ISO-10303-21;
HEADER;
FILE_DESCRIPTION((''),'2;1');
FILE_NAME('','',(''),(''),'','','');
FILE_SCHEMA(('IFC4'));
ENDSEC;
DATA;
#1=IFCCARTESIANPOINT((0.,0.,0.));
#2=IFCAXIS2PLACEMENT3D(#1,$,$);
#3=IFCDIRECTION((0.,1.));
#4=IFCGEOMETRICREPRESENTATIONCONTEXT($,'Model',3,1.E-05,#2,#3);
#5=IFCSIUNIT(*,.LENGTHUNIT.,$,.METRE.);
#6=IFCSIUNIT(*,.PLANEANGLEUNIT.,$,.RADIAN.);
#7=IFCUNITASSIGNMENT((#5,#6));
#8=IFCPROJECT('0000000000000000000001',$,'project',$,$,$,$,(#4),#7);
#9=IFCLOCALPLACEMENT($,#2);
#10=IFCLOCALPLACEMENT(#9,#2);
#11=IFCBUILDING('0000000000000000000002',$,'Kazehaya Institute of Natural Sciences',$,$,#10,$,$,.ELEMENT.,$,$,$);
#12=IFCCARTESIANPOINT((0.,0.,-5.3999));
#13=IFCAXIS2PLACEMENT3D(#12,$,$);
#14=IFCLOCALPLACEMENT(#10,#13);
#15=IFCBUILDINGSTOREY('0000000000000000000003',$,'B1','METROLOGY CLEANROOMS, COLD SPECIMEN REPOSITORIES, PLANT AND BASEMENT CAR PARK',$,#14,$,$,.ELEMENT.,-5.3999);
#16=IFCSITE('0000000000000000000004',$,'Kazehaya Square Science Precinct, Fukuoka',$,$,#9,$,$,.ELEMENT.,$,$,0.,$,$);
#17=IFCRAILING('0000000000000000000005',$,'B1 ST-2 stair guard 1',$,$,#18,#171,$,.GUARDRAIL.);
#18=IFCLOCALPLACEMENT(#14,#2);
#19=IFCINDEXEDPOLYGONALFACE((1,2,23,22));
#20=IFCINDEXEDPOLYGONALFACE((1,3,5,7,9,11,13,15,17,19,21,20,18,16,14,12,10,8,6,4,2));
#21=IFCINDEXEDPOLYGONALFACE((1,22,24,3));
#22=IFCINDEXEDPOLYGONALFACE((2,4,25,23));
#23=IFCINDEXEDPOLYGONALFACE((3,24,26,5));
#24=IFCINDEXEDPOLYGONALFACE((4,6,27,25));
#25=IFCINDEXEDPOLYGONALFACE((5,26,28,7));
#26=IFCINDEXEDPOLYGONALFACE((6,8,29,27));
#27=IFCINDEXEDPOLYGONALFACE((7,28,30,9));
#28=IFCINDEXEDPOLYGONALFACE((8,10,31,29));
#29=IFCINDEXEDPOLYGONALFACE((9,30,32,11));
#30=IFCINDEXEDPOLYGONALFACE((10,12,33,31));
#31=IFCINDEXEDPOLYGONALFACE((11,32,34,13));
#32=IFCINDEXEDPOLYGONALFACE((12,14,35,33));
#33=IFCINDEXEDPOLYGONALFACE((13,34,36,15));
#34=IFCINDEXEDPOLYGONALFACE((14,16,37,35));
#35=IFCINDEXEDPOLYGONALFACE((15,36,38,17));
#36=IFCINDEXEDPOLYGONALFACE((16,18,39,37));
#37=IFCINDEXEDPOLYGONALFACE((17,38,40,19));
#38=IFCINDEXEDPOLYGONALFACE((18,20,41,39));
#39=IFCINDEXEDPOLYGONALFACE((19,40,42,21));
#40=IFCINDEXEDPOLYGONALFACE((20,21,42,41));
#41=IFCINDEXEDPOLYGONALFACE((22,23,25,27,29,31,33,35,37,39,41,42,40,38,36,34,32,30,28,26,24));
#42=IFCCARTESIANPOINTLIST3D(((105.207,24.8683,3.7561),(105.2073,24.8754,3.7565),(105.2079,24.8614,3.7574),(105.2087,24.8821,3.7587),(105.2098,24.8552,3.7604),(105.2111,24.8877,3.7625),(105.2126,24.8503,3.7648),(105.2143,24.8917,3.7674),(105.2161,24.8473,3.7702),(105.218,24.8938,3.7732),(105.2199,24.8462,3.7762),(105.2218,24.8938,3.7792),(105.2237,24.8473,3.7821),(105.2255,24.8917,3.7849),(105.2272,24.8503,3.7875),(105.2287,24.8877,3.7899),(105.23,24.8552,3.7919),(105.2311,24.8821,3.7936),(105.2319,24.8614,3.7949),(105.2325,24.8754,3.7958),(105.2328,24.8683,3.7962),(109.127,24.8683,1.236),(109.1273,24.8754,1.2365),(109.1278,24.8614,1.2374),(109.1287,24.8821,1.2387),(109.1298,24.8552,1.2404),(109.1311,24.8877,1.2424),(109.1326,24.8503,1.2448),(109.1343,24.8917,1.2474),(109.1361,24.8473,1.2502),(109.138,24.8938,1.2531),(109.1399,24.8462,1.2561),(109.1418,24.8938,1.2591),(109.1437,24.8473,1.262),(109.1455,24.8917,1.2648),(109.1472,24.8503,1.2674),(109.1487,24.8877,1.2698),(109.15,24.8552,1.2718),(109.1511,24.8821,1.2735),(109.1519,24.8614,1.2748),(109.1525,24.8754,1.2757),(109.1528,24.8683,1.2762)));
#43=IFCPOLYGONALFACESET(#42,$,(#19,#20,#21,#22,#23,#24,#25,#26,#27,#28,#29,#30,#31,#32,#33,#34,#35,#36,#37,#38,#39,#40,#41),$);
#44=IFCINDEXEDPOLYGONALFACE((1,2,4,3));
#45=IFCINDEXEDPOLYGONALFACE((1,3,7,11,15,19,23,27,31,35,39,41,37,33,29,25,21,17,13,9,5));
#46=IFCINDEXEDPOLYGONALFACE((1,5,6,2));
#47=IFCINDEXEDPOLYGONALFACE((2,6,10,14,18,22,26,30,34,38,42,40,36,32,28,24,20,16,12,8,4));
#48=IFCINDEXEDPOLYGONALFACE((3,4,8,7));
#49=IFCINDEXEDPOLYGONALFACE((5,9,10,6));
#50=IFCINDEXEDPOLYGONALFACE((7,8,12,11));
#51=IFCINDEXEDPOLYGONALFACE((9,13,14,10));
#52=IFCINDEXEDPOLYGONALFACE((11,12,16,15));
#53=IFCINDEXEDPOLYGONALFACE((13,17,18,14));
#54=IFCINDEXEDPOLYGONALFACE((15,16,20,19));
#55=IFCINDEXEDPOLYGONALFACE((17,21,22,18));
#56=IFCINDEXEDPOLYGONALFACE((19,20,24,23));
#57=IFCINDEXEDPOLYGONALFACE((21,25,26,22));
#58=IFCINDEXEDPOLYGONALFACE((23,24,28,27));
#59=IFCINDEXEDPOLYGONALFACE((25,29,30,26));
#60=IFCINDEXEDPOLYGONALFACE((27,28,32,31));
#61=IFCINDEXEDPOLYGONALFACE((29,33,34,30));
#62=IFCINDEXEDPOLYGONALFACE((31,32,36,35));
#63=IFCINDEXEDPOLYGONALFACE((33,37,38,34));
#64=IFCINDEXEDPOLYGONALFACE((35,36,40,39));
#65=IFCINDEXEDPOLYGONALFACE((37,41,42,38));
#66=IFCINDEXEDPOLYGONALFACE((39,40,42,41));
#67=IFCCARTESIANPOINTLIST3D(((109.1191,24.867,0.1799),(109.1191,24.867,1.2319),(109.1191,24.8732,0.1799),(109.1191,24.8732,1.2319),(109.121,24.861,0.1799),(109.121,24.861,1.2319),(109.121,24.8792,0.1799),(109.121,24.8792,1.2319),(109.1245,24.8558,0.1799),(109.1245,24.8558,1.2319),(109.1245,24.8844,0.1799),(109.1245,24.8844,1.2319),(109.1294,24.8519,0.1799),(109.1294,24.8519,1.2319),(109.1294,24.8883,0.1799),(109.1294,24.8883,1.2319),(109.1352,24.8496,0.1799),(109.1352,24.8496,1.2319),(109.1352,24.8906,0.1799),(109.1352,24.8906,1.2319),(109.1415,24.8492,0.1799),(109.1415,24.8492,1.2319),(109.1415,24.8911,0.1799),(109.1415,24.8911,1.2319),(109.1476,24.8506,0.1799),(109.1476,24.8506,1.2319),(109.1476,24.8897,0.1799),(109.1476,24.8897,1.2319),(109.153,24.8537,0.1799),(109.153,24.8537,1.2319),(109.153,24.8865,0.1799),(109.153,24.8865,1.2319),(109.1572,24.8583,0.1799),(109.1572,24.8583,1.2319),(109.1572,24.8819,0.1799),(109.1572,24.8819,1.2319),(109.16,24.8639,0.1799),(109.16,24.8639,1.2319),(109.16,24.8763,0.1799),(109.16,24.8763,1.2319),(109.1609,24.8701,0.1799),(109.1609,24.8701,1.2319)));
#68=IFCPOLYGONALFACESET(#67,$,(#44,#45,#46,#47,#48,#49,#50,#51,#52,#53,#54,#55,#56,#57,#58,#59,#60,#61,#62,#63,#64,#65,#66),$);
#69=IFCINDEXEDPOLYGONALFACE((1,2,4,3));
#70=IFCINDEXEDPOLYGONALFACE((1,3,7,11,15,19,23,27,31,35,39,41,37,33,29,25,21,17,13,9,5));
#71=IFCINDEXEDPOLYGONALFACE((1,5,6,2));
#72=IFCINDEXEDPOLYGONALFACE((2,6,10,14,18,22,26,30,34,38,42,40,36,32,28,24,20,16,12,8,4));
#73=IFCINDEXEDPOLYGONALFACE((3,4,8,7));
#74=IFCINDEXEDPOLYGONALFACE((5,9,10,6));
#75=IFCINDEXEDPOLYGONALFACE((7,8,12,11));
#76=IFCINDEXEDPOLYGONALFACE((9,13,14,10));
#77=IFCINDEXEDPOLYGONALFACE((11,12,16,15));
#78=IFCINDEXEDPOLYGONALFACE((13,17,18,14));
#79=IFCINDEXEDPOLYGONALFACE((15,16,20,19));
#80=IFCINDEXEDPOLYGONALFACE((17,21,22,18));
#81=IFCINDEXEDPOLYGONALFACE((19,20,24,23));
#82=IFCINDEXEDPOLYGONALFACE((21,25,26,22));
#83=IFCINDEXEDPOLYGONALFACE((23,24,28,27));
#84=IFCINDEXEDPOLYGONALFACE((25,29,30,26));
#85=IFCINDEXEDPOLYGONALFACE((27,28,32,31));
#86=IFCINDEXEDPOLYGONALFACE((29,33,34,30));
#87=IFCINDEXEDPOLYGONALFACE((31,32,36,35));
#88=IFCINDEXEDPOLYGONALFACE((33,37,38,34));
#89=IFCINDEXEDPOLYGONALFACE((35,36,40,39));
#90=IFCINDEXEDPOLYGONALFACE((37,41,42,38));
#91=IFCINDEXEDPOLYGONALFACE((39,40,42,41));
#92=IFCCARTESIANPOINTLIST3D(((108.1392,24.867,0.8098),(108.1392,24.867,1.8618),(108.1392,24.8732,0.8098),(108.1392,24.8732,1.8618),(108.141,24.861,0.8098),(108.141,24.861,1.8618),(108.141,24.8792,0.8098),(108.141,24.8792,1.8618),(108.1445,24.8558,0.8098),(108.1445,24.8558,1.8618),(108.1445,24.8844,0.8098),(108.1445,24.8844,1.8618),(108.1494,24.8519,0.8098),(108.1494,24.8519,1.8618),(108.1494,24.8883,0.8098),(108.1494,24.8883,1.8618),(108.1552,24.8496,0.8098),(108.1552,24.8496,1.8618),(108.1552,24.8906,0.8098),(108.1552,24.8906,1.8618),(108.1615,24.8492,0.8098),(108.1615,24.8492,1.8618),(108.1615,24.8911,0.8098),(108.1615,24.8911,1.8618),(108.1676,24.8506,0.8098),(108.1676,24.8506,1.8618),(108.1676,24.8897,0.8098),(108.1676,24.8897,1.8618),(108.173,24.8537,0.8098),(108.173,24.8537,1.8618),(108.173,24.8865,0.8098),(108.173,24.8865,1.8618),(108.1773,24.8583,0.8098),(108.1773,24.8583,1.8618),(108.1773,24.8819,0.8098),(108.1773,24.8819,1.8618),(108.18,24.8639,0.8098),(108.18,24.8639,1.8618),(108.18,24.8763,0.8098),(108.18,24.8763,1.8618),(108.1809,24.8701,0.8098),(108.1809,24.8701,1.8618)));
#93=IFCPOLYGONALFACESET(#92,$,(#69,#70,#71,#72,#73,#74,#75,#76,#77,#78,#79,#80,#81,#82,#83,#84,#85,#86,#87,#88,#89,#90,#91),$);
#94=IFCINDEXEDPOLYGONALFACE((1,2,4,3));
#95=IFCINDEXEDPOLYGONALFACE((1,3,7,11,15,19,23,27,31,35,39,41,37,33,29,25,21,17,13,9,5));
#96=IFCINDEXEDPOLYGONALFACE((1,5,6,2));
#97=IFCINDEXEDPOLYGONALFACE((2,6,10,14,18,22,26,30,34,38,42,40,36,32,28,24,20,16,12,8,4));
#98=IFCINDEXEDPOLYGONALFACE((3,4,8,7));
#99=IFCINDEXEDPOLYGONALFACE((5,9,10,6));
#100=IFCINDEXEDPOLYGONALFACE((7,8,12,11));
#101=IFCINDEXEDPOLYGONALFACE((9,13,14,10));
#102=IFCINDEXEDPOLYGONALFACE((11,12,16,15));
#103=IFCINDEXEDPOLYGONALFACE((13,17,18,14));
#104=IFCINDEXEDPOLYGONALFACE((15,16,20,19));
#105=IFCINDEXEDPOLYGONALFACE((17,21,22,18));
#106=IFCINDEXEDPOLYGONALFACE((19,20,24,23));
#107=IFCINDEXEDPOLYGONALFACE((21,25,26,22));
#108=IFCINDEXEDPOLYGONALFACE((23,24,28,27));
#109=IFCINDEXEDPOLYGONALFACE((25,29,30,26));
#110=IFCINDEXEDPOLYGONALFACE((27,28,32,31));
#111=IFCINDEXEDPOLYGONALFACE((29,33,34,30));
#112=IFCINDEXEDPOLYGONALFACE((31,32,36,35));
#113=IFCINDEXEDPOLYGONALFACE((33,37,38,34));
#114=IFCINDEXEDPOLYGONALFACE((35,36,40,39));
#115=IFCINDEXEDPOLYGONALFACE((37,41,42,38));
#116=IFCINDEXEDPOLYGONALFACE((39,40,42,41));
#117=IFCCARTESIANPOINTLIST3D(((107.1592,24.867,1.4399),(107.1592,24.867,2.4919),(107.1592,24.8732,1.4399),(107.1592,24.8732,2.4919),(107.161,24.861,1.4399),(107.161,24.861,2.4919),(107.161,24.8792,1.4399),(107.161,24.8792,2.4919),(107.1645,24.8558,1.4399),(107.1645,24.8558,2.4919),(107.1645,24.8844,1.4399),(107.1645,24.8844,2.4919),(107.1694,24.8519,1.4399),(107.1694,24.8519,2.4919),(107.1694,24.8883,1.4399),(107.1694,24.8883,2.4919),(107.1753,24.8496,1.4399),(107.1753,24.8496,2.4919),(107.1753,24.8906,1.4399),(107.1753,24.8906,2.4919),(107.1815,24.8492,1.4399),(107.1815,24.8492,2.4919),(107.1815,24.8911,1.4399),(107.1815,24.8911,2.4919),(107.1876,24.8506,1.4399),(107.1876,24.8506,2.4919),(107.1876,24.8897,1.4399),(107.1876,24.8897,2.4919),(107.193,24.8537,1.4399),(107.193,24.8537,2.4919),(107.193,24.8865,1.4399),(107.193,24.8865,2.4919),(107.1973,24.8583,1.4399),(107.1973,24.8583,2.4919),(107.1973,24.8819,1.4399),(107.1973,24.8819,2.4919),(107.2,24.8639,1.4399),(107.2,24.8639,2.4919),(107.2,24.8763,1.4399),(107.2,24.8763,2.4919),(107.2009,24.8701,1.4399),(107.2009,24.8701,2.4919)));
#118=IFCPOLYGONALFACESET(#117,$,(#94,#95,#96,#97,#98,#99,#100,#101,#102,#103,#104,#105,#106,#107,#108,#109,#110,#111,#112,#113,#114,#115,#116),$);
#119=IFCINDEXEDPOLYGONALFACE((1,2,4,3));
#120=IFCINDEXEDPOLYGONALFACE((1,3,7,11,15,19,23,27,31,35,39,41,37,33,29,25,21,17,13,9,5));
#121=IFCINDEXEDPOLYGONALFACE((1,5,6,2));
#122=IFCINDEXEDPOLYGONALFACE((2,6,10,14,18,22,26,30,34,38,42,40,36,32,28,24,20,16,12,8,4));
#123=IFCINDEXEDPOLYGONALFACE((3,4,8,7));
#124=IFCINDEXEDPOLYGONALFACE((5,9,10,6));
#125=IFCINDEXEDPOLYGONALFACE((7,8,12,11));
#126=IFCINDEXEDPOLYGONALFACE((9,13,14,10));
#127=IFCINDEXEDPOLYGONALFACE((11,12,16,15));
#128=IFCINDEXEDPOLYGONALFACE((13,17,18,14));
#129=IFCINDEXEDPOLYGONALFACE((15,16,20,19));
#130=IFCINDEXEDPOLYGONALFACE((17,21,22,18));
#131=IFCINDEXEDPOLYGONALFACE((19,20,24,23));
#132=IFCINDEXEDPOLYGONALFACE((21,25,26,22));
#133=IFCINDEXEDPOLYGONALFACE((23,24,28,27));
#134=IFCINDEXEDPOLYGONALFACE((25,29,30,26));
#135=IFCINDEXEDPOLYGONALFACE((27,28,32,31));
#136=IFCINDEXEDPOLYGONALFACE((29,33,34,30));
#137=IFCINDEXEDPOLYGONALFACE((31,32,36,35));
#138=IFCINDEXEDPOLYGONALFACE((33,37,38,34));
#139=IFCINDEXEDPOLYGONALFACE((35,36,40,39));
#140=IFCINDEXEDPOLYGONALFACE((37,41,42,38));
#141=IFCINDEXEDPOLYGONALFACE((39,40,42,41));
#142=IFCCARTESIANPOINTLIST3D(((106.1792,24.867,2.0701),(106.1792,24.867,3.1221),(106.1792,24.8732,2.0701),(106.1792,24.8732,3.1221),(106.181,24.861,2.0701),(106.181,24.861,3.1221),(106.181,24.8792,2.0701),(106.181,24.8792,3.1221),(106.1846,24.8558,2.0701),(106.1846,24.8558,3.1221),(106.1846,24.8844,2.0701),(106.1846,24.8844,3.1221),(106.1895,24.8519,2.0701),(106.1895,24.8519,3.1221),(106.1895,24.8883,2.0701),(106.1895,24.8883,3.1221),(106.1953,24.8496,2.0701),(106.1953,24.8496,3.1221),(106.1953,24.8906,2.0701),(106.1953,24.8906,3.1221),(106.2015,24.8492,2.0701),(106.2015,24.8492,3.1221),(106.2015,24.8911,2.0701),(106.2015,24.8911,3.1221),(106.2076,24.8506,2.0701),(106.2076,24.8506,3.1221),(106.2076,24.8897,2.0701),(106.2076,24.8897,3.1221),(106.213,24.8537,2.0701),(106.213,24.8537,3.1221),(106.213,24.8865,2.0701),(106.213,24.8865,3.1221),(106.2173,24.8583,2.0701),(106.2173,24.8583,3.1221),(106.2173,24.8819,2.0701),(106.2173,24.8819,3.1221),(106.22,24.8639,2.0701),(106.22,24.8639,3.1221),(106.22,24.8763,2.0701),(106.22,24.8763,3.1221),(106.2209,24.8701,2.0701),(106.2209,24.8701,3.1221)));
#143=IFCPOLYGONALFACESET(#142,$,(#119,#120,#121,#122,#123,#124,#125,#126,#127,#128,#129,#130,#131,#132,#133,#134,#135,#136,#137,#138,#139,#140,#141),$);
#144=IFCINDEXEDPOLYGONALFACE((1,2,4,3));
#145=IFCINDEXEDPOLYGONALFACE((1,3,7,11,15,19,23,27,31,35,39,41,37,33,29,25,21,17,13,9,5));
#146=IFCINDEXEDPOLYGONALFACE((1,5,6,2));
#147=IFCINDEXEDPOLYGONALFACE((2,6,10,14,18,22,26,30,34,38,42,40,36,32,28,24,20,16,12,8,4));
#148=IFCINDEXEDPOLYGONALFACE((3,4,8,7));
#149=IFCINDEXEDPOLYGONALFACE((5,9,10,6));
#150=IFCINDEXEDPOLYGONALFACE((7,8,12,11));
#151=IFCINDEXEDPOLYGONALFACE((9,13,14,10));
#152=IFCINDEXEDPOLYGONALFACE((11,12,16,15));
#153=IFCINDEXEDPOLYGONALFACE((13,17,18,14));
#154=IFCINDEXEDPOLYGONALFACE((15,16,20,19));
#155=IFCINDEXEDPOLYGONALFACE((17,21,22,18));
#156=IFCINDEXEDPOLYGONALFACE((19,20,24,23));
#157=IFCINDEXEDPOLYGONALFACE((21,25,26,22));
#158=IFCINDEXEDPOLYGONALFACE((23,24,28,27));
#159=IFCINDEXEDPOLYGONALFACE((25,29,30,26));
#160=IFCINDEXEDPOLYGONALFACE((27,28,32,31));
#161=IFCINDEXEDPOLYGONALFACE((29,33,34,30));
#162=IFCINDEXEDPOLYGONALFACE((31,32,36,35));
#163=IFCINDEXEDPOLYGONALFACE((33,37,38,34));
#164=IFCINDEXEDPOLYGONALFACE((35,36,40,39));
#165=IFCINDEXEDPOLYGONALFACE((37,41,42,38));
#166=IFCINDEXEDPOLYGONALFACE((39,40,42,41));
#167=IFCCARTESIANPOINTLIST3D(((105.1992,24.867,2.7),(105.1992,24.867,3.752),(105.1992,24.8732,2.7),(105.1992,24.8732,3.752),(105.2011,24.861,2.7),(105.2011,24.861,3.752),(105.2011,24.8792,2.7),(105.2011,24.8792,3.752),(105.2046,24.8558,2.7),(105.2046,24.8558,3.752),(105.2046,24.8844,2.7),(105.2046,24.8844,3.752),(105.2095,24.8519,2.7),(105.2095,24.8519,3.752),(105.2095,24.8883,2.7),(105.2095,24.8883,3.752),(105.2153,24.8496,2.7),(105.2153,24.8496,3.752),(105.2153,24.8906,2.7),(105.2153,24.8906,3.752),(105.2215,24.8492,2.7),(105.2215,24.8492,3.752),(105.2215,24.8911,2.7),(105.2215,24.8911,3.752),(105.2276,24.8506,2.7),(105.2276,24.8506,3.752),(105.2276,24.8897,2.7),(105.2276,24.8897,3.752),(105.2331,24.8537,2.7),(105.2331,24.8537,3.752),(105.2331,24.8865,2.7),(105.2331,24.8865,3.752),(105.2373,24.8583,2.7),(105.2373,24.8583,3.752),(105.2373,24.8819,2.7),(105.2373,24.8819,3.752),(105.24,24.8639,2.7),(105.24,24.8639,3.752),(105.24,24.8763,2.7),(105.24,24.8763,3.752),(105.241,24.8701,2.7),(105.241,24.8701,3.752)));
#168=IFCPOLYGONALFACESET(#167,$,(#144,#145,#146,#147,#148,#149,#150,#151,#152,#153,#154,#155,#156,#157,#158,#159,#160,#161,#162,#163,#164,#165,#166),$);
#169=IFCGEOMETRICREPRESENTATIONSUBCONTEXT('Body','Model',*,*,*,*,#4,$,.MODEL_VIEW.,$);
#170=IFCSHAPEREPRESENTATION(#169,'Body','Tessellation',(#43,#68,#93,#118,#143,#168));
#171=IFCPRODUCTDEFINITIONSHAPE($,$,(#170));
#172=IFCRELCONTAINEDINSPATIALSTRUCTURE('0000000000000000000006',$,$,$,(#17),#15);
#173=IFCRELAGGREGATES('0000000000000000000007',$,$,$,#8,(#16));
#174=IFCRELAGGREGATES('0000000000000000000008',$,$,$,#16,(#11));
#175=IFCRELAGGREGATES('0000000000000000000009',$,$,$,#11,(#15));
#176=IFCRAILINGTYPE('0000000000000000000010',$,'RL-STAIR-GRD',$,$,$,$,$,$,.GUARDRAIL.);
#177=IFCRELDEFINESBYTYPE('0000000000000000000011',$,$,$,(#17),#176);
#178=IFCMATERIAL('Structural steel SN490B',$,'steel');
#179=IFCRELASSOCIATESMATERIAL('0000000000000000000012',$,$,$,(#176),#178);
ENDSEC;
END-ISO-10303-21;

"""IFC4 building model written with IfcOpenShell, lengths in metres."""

from ifc_helpers import new_model, si_unit, direction, frame, origin, origin_2d, place, context, subcontext, project, spatial, circle, extrude, material, type_object, element, save


model = new_model("IFC4")

# Units and contexts
model_context = context("Model", 3, precision=1e-05, world=origin(), true_north=direction((0.0, 1.0)))
body_context = subcontext(model_context, "Body", "Model", "MODEL_VIEW")
ifc_project = project(units=[si_unit("LENGTHUNIT", "METRE"), si_unit("PLANEANGLEUNIT", "RADIAN")], contexts=[model_context])

# Site, building, storey
site_placement = place(None, origin())
site = spatial("IfcSite", under=ifc_project, at=site_placement, Name="Kazehaya Square Science Precinct, Fukuoka", CompositionType="ELEMENT", RefElevation=0.0)
building_placement = place(site_placement, origin())
building = spatial("IfcBuilding", under=site, at=building_placement, Name="Kazehaya Institute of Natural Sciences", CompositionType="ELEMENT")
storey_placement = place(building_placement, frame((0.0, 0.0, -5.3999)))
storey = spatial("IfcBuildingStorey", under=building, at=storey_placement, Name="B1", Description="METROLOGY CLEANROOMS, COLD SPECIMEN REPOSITORIES, PLANT AND BASEMENT CAR PARK", CompositionType="ELEMENT", Elevation=-5.3999)

# Railing
ifc_material_1 = material(Name="Structural steel SN490B", Category="steel")
railing_type_1 = type_object("IfcRailingType", Name="RL-STAIR-GRD", PredefinedType="GUARDRAIL", material=ifc_material_1)
railing_1_placement = place(storey_placement, frame((109.1399, 24.8701, 0.1799)))
element("IfcRailing", 1, at=railing_1_placement, inside=storey, type_object=railing_type_1, Name="B1 ST-2 stair guard 1", PredefinedType="GUARDRAIL", context=body_context, shape_type="SweptSolid", body=[
    extrude(circle(Radius=0.0239, at=origin_2d()), frame((0.0, 0.0, 1.0762), z_axis=(-0.841172, 0.0, 0.540768), x_axis=(0.0, -1.0, 0.0)), (0.0, 0.0, 1.0), 4.6602),
    extrude(circle(Radius=0.021, at=origin_2d()), origin(), (0.0, 0.0, 1.0), 1.052),
    extrude(circle(Radius=0.021, at=origin_2d()), frame((-0.98, 0.0, 0.6299)), (0.0, 0.0, 1.0), 1.052),
    extrude(circle(Radius=0.021, at=origin_2d()), frame((-1.96, 0.0, 1.26)), (0.0, 0.0, 1.0), 1.052),
    extrude(circle(Radius=0.021, at=origin_2d()), frame((-2.9399, 0.0, 1.8901)), (0.0, 0.0, 1.0), 1.052),
    extrude(circle(Radius=0.021, at=origin_2d()), frame((-3.9199, 0.0, 2.52)), (0.0, 0.0, 1.0), 1.052),
])

save(model, "model.ifc")
